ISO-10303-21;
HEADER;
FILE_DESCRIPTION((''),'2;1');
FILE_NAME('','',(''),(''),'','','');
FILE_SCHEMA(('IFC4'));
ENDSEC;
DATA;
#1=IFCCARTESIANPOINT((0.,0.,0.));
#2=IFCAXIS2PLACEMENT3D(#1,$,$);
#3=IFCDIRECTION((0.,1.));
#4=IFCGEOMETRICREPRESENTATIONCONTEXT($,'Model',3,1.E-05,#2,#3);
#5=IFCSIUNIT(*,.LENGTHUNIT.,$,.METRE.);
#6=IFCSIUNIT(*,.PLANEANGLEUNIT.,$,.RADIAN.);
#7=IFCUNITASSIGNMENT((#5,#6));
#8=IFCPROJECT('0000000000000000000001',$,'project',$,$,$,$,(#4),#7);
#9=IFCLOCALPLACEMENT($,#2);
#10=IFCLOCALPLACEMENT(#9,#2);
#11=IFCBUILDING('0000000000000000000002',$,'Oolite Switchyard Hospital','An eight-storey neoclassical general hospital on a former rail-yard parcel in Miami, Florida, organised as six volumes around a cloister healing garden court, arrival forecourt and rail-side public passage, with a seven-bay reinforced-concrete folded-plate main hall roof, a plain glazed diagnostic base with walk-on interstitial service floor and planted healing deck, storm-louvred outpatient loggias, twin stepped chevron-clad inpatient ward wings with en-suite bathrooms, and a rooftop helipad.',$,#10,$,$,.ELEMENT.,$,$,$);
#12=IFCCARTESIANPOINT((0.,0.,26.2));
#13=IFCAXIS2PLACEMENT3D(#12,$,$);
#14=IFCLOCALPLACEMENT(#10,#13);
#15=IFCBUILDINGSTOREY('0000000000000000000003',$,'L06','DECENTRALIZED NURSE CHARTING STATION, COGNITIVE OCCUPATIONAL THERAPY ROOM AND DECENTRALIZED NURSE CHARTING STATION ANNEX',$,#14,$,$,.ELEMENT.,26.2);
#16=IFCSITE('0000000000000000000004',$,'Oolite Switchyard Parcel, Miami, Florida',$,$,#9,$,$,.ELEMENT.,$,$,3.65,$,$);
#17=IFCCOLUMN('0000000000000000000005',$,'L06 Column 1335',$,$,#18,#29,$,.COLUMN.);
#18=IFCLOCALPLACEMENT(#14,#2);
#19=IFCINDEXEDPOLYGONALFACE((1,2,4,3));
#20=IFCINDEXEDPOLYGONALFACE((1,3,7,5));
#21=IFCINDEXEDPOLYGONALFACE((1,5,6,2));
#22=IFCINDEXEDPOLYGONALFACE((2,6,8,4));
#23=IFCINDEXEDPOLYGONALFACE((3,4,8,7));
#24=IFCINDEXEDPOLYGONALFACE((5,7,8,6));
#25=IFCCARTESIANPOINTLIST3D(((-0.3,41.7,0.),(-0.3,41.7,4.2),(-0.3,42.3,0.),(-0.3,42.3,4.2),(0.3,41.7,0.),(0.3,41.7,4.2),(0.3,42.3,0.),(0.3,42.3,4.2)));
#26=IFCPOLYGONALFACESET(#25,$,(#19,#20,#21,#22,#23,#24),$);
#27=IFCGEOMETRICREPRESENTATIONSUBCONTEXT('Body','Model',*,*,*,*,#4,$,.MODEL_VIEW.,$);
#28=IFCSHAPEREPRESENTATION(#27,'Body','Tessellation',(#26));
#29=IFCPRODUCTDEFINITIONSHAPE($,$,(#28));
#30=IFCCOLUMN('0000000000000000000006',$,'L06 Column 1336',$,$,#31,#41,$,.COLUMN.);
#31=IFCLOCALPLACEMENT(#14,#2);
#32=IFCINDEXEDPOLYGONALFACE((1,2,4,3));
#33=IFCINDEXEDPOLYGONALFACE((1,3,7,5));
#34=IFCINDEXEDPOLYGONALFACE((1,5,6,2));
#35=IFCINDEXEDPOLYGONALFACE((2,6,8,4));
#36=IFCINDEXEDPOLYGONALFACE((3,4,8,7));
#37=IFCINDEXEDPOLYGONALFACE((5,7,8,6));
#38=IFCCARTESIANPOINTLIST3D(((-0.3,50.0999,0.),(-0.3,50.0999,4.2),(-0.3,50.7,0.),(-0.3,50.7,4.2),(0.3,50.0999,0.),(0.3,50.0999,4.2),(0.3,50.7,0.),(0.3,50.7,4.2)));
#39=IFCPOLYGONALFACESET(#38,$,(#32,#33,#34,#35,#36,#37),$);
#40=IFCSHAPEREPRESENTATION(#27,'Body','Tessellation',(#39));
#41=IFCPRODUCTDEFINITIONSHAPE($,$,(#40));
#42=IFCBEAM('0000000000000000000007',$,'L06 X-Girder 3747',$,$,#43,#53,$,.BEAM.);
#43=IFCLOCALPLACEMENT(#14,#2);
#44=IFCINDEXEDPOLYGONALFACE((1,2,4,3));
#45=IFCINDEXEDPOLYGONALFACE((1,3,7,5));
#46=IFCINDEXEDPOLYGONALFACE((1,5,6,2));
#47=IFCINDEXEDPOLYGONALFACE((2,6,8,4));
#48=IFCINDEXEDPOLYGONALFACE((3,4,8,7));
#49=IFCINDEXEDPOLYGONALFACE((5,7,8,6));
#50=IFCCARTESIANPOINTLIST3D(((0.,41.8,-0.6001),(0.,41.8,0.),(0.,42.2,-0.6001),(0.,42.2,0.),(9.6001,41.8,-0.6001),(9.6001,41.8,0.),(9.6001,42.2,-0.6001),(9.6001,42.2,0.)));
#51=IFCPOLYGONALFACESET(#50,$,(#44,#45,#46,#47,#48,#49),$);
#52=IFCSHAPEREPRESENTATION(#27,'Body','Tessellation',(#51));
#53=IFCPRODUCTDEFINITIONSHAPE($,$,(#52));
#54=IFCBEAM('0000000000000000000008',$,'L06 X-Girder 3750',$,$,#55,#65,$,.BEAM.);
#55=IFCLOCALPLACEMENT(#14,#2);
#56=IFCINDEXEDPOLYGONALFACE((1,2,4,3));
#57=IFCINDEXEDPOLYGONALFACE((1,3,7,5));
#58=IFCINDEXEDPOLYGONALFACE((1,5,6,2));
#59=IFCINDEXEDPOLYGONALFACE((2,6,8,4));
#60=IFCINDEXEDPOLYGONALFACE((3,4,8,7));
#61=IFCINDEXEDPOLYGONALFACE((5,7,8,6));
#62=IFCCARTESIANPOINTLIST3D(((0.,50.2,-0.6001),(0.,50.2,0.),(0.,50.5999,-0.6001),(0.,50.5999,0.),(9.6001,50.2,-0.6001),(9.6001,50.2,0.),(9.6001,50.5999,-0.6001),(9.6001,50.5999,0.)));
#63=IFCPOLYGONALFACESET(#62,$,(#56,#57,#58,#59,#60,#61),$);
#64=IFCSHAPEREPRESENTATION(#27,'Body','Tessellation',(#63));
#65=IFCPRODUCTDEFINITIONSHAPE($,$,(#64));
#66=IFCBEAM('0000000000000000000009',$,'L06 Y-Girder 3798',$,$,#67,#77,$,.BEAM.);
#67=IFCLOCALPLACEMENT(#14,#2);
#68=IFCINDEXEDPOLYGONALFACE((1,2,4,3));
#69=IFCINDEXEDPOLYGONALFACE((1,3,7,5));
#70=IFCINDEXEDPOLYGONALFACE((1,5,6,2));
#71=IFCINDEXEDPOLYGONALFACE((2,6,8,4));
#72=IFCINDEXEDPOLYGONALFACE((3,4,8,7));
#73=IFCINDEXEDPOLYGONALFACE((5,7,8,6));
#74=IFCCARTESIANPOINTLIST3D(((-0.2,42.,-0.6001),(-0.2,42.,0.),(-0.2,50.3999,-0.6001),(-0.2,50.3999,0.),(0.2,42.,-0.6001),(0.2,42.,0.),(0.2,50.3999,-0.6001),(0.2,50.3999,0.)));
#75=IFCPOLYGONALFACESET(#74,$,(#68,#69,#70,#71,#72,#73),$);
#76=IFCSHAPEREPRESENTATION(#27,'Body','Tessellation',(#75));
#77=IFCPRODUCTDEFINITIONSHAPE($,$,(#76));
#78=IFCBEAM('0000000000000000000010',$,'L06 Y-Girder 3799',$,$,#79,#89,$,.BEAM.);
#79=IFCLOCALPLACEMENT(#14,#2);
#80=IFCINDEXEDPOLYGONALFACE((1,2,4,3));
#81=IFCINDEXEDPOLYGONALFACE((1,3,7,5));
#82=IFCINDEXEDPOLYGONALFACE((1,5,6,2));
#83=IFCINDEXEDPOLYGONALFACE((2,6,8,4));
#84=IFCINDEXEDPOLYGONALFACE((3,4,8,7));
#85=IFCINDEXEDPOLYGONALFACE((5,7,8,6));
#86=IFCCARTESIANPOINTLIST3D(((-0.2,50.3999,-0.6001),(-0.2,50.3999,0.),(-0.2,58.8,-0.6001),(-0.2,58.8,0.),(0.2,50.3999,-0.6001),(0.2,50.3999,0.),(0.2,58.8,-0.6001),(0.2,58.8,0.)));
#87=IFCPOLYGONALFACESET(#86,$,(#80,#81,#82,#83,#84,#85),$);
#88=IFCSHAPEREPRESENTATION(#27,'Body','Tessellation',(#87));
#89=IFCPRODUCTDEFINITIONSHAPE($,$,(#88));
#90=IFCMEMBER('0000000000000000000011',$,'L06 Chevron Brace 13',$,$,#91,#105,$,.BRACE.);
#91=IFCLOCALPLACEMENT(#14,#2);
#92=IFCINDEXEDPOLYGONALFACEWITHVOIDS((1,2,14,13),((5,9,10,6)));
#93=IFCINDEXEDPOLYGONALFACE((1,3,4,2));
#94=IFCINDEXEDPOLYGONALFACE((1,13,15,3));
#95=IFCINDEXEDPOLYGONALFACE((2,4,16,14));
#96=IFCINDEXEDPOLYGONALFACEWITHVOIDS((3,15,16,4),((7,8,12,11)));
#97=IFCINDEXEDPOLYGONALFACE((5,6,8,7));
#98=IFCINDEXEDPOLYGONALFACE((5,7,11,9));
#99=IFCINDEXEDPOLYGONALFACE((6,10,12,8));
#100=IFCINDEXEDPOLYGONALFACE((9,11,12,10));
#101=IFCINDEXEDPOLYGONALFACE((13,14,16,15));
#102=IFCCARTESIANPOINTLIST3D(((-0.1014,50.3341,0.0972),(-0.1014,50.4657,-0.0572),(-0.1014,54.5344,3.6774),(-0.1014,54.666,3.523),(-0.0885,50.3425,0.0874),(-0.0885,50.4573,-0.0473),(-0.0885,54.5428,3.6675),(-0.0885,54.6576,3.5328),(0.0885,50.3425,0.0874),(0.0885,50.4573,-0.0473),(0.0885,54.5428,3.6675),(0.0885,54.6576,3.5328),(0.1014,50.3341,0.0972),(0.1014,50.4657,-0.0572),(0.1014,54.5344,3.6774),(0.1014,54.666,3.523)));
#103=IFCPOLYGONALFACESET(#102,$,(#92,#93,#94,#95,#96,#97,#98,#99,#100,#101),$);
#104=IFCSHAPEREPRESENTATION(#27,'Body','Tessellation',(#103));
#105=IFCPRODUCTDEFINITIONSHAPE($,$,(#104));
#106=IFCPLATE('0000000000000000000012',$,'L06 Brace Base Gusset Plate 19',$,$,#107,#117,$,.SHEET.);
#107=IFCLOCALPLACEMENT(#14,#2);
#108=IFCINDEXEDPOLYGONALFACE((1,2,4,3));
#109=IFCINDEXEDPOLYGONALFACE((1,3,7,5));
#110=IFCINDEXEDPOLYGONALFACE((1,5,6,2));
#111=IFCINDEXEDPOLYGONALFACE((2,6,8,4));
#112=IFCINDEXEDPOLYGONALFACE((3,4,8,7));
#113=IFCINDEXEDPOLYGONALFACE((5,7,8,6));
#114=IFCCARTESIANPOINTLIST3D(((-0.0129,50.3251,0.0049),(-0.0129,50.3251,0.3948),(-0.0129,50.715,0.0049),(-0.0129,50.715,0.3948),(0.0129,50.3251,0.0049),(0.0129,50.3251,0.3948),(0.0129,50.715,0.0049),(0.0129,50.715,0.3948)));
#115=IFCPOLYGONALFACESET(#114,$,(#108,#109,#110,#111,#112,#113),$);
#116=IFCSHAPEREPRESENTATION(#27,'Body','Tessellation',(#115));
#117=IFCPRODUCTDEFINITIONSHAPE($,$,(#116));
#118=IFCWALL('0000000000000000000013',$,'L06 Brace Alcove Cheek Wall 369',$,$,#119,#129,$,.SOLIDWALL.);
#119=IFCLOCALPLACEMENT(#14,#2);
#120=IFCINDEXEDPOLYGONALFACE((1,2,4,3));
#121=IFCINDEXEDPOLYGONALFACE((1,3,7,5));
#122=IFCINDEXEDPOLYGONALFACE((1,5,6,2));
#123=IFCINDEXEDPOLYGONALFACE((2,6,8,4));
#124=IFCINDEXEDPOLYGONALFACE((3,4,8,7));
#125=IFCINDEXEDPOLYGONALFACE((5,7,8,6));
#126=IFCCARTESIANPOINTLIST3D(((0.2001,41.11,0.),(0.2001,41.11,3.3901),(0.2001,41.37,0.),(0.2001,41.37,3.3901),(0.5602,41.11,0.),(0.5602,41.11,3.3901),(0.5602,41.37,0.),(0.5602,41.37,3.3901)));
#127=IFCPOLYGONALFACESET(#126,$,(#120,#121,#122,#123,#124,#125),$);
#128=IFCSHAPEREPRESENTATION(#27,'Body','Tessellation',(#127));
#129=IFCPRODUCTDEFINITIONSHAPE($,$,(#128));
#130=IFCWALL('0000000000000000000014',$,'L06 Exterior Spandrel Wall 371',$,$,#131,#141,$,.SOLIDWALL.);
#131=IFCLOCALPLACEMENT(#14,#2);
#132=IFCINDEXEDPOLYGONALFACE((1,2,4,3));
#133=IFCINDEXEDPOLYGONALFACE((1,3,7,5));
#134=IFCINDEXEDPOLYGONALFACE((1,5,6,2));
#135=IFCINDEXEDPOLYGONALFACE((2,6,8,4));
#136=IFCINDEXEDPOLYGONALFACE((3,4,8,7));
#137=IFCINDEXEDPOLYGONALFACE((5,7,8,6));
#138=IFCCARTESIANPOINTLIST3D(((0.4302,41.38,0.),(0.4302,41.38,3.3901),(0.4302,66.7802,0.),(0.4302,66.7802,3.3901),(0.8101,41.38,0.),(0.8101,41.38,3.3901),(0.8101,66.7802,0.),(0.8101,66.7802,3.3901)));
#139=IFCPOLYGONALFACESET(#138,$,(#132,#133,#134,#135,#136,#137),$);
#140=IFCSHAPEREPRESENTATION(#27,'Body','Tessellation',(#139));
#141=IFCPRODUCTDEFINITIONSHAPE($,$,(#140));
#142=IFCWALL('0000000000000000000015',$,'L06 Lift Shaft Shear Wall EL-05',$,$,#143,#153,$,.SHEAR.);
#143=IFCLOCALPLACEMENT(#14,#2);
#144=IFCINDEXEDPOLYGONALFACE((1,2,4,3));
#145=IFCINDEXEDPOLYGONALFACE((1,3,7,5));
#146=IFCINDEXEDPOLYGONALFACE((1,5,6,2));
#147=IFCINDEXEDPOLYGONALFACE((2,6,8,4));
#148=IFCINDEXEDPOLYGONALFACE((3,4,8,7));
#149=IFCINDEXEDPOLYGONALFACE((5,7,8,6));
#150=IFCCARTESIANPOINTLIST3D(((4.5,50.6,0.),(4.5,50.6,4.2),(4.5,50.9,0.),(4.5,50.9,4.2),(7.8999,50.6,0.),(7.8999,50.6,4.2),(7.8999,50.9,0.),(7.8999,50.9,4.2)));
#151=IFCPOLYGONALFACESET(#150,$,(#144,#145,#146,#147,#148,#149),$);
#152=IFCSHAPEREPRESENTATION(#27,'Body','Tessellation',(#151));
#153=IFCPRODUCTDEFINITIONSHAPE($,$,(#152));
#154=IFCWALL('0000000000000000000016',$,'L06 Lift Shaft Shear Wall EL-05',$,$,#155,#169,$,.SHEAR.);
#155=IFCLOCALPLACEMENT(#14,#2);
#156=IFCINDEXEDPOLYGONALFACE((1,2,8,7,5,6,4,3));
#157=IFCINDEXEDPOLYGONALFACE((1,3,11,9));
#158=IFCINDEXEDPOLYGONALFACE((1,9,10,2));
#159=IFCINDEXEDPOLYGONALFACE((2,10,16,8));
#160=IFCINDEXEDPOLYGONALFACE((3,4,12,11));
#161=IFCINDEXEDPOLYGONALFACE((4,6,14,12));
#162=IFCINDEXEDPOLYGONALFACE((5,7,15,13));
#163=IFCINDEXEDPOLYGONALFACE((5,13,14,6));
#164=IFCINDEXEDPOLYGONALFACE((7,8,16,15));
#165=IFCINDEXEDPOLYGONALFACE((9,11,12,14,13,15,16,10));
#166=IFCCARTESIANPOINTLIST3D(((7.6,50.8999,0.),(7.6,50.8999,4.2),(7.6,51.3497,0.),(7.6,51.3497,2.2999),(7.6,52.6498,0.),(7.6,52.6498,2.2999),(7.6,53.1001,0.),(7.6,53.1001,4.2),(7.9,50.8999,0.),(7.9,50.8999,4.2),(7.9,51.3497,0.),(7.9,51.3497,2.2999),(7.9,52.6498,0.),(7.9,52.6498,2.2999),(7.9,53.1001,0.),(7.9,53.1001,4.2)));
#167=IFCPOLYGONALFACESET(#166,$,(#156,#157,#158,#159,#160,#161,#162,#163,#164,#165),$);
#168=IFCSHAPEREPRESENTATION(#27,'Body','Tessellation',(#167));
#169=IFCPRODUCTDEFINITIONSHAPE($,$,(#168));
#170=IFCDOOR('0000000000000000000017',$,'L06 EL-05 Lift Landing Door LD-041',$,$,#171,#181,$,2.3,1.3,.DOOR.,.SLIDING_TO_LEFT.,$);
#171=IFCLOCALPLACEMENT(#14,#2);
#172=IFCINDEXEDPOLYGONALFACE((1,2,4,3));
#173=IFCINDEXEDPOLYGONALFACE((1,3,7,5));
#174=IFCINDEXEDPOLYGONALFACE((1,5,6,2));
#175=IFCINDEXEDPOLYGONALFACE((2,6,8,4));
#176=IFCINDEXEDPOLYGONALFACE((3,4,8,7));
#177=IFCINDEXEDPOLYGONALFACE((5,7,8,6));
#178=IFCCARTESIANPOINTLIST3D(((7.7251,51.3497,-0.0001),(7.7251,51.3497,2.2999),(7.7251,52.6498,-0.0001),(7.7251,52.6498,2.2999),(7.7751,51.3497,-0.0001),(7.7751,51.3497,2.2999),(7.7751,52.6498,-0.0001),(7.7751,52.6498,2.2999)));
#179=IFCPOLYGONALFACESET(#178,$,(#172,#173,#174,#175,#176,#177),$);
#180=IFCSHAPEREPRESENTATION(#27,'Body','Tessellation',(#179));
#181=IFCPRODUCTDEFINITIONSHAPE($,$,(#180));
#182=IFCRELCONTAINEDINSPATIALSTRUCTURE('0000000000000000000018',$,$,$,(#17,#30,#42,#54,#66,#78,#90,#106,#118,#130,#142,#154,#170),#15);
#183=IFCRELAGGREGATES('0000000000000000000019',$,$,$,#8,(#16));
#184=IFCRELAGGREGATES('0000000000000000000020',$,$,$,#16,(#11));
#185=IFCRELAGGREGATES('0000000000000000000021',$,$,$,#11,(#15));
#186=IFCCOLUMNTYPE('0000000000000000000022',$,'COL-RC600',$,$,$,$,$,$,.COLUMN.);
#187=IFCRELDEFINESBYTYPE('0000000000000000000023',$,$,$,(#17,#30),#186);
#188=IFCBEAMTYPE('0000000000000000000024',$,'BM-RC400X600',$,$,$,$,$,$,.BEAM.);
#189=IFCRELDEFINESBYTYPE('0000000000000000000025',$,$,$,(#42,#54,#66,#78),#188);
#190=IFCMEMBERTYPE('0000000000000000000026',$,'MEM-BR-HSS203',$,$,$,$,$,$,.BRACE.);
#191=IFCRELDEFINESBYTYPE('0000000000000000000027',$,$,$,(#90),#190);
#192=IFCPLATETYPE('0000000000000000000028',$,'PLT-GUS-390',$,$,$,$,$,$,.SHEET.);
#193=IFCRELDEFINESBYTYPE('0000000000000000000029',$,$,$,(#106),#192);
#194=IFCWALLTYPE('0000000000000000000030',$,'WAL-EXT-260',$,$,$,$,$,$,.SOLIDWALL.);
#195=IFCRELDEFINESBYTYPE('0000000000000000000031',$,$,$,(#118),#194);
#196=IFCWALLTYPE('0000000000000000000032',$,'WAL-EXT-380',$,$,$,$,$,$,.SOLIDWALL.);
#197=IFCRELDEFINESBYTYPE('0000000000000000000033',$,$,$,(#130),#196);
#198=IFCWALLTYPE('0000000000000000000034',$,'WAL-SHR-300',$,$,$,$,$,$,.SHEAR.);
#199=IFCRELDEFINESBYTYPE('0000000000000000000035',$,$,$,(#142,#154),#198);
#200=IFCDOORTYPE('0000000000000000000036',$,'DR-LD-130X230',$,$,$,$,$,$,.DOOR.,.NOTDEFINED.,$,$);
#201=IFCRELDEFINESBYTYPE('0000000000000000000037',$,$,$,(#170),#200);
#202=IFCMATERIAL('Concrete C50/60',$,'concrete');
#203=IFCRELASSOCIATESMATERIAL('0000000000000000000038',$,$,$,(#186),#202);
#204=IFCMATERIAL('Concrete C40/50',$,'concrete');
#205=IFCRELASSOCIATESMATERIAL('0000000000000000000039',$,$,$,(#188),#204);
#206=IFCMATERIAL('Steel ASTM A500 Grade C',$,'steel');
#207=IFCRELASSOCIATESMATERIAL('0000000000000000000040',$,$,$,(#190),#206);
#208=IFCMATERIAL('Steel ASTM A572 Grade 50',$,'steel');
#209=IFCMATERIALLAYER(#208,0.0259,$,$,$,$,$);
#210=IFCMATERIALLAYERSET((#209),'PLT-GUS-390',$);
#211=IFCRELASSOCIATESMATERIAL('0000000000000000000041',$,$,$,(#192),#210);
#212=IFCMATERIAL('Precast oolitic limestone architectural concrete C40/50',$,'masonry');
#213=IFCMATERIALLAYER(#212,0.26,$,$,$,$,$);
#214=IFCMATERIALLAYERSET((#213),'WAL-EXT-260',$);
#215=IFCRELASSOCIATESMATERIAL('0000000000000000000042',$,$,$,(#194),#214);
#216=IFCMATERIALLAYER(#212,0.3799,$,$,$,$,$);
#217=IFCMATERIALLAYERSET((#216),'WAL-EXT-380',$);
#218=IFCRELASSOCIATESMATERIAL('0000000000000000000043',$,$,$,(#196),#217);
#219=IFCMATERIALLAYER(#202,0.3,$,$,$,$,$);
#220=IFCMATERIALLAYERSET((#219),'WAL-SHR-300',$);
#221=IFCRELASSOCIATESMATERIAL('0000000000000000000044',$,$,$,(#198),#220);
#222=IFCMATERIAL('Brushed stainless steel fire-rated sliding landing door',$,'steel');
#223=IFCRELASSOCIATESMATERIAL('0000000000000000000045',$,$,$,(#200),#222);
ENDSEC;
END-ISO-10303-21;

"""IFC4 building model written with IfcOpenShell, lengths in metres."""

from ifc_helpers import new_model, si_unit, direction, frame, frame_2d, origin, origin_2d, place, context, subcontext, project, spatial, rectangle, hollow_rectangle, extrude, material, layer, layer_set, material_profile, profile_set, type_object, element, fill, save


model = new_model("IFC4")

# Units and contexts
model_context = context("Model", 3, precision=1e-05, world=origin(), true_north=direction((0.0, 1.0)))
body_context = subcontext(model_context, "Body", "Model", "MODEL_VIEW")
ifc_project = project(units=[si_unit("LENGTHUNIT", "METRE"), si_unit("PLANEANGLEUNIT", "RADIAN")], contexts=[model_context])

# Site, building, storey
site_placement = place(None, origin())
site = spatial("IfcSite", under=ifc_project, at=site_placement, Name="Oolite Switchyard Parcel, Miami, Florida", CompositionType="ELEMENT", RefElevation=3.65)
building_placement = place(site_placement, origin())
building = spatial("IfcBuilding", under=site, at=building_placement, Name="Oolite Switchyard Hospital", Description="An eight-storey neoclassical general hospital on a former rail-yard parcel in Miami, Florida, organised as six volumes around a cloister healing garden court, arrival forecourt and rail-side public passage, with a seven-bay reinforced-concrete folded-plate main hall roof, a plain glazed diagnostic base with walk-on interstitial service floor and planted healing deck, storm-louvred outpatient loggias, twin stepped chevron-clad inpatient ward wings with en-suite bathrooms, and a rooftop helipad.", CompositionType="ELEMENT")
storey_placement = place(building_placement, frame((0.0, 0.0, 26.2)))
storey = spatial("IfcBuildingStorey", under=building, at=storey_placement, Name="L06", Description="DECENTRALIZED NURSE CHARTING STATION, COGNITIVE OCCUPATIONAL THERAPY ROOM AND DECENTRALIZED NURSE CHARTING STATION ANNEX", CompositionType="ELEMENT", Elevation=26.2)

# Columns
ifc_material_1 = material(Name="Concrete C50/60", Category="concrete")
ifc_material_profile_1 = material_profile(ifc_material_1, rectangle(XDim=0.6001, YDim=0.6001, at=origin_2d()), Name="RC600X600")
ifc_profile_set_1 = profile_set([ifc_material_profile_1], Name="Concrete C50/60")
column_type = type_object("IfcColumnType", Name="COL-RC600", PredefinedType="COLUMN", material=ifc_profile_set_1)
for number, where, z_axis, x_axis, name in (
    (1, (0.0, 42.0, 0.0), (0.0, 0.0, 1.0), (1.0, 0.0, 0.0), "L06 Column 1335"),
    (2, (0.0, 50.3999, 0.0), (0.0, 0.0, 1.0), (1.0, 0.0, 0.0), "L06 Column 1336"),
):
    element("IfcColumn", number, at=place(storey_placement, frame(where, z_axis=z_axis, x_axis=x_axis)), inside=storey, type_object=column_type, Name=name, PredefinedType="COLUMN", context=body_context, shape_type="SweptSolid", body=[
        extrude(rectangle(XDim=0.6001, YDim=0.6001, at=origin_2d()), origin(), (0.0, 0.0, 1.0), 4.2),
    ])

# Beams
ifc_material_2 = material(Name="Concrete C40/50", Category="concrete")
ifc_material_profile_2 = material_profile(ifc_material_2, rectangle(XDim=0.3999, YDim=0.6001, at=origin_2d()), Name="RCB400X600")
ifc_profile_set_2 = profile_set([ifc_material_profile_2], Name="Concrete C40/50")
beam_type = type_object("IfcBeamType", Name="BM-RC400X600", PredefinedType="BEAM", material=ifc_profile_set_2)
for number, where, z_axis, x_axis, name in (
    (3, (0.0, 42.0, -0.3), (1.0, 0.0, 0.0), (0.0, 1.0, 0.0), "L06 X-Girder 3747"),
    (4, (0.0, 50.3999, -0.3), (1.0, 0.0, 0.0), (0.0, 1.0, 0.0), "L06 X-Girder 3750"),
):
    element("IfcBeam", number, at=place(storey_placement, frame(where, z_axis=z_axis, x_axis=x_axis)), inside=storey, type_object=beam_type, Name=name, PredefinedType="BEAM", context=body_context, shape_type="SweptSolid", body=[
        extrude(rectangle(XDim=0.3999, YDim=0.6001, at=origin_2d()), origin(), (0.0, 0.0, 1.0), 9.6001),
    ])
beam_1_placement = place(storey_placement, frame((0.0, 42.0, -0.3), z_axis=(0.0, 1.0, 0.0), x_axis=(-1.0, 0.0, 0.0)))
element("IfcBeam", 5, at=beam_1_placement, inside=storey, type_object=beam_type, Name="L06 Y-Girder 3798", PredefinedType="BEAM", context=body_context, shape_type="SweptSolid", body=[
    extrude(rectangle(XDim=0.3999, YDim=0.6001, at=origin_2d()), origin(), (0.0, 0.0, 1.0), 8.3999),
])
beam_2_placement = place(storey_placement, frame((0.0, 50.3999, -0.3), z_axis=(0.0, 1.0, 0.0), x_axis=(-1.0, 0.0, 0.0)))
element("IfcBeam", 6, at=beam_2_placement, inside=storey, type_object=beam_type, Name="L06 Y-Girder 3799", PredefinedType="BEAM", context=body_context, shape_type="SweptSolid", body=[
    extrude(rectangle(XDim=0.3999, YDim=0.6001, at=origin_2d()), origin(), (0.0, 0.0, 1.0), 8.4001),
])

# Member
ifc_material_3 = material(Name="Steel ASTM A500 Grade C", Category="steel")
ifc_material_profile_3 = material_profile(ifc_material_3, hollow_rectangle(XDim=0.2029, YDim=0.2029, WallThickness=0.0129, at=origin_2d()), Name="HSS203X203X13")
ifc_profile_set_3 = profile_set([ifc_material_profile_3], Name="Steel ASTM A500 Grade C")
member_type = type_object("IfcMemberType", Name="MEM-BR-HSS203", PredefinedType="BRACE", material=ifc_profile_set_3)
member_placement = place(storey_placement, frame((0.0, 50.3999, 0.02), z_axis=(0.0, 0.761052, 0.64869), x_axis=(-1.0, 0.0, 0.0)))
element("IfcMember", 7, at=member_placement, inside=storey, type_object=member_type, Name="L06 Chevron Brace 13", PredefinedType="BRACE", context=body_context, shape_type="SweptSolid", body=[
    extrude(hollow_rectangle(XDim=0.2029, YDim=0.2029, WallThickness=0.0129, at=origin_2d()), origin(), (0.0, 0.0, 1.0), 5.519),
])

# Plate
ifc_material_4 = material(Name="Steel ASTM A572 Grade 50", Category="steel")
ifc_layer_1 = layer(ifc_material_4, 0.0259)
ifc_layer_set_1 = layer_set([ifc_layer_1], Name="PLT-GUS-390")
plate_type = type_object("IfcPlateType", Name="PLT-GUS-390", PredefinedType="SHEET", material=ifc_layer_set_1)
plate_placement = place(storey_placement, frame((0.0, 50.52, 0.0049), z_axis=(0.0, 0.0, 1.0), x_axis=(0.0, 1.0, 0.0)))
element("IfcPlate", 8, at=plate_placement, inside=storey, type_object=plate_type, Name="L06 Brace Base Gusset Plate 19", PredefinedType="SHEET", context=body_context, shape_type="SweptSolid", body=[
    extrude(rectangle(XDim=0.3899, YDim=0.0259, at=origin_2d()), origin(), (0.0, 0.0, 1.0), 0.3899),
])

# Walls
ifc_material_5 = material(Name="Precast oolitic limestone architectural concrete C40/50", Category="masonry")
ifc_layer_2 = layer(ifc_material_5, 0.26)
ifc_layer_set_2 = layer_set([ifc_layer_2], Name="WAL-EXT-260")
wall_type_1 = type_object("IfcWallType", Name="WAL-EXT-260", PredefinedType="SOLIDWALL", material=ifc_layer_set_2)
wall_1_placement = place(storey_placement, frame((0.2, 41.24, 0.0), z_axis=(0.0, 0.0, 1.0), x_axis=(1.0, 0.0, 0.0)))
element("IfcWall", 9, at=wall_1_placement, inside=storey, type_object=wall_type_1, Name="L06 Brace Alcove Cheek Wall 369", PredefinedType="SOLIDWALL", context=body_context, shape_type="SweptSolid", body=[
    extrude(rectangle(XDim=0.3601, YDim=0.26, at=frame_2d((0.1802, 0.0))), origin(), (0.0, 0.0, 1.0), 3.3901),
])
ifc_layer_3 = layer(ifc_material_5, 0.3799)
ifc_layer_set_3 = layer_set([ifc_layer_3], Name="WAL-EXT-380")
wall_type_2 = type_object("IfcWallType", Name="WAL-EXT-380", PredefinedType="SOLIDWALL", material=ifc_layer_set_3)
wall_2_placement = place(storey_placement, frame((0.6201, 41.3799, 0.0), z_axis=(0.0, 0.0, 1.0), x_axis=(0.0, 1.0, 0.0)))
element("IfcWall", 10, at=wall_2_placement, inside=storey, type_object=wall_type_2, Name="L06 Exterior Spandrel Wall 371", PredefinedType="SOLIDWALL", context=body_context, shape_type="SweptSolid", body=[
    extrude(rectangle(XDim=25.4001, YDim=0.3799, at=frame_2d((12.7002, 0.0))), origin(), (0.0, 0.0, 1.0), 3.3901),
])
ifc_layer_4 = layer(ifc_material_1, 0.3)
ifc_layer_set_4 = layer_set([ifc_layer_4], Name="WAL-SHR-300")
wall_type_3 = type_object("IfcWallType", Name="WAL-SHR-300", PredefinedType="SHEAR", material=ifc_layer_set_4)
wall_3_placement = place(storey_placement, frame((4.5, 50.75, 0.0), z_axis=(0.0, 0.0, 1.0), x_axis=(1.0, 0.0, 0.0)))
element("IfcWall", 11, at=wall_3_placement, inside=storey, type_object=wall_type_3, Name="L06 Lift Shaft Shear Wall EL-05", PredefinedType="SHEAR", context=body_context, shape_type="SweptSolid", body=[
    extrude(rectangle(XDim=3.3999, YDim=0.3, at=frame_2d((1.7, 0.0))), origin(), (0.0, 0.0, 1.0), 4.2),
])

# Wall, opening, door
wall_4_placement = place(storey_placement, frame((7.75, 50.8999, 0.0), z_axis=(0.0, 0.0, 1.0), x_axis=(0.0, 1.0, 0.0)))
wall_4 = element("IfcWall", 12, at=wall_4_placement, inside=storey, type_object=wall_type_3, Name="L06 Lift Shaft Shear Wall EL-05", PredefinedType="SHEAR", context=body_context, shape_type="SweptSolid", body=[
    extrude(rectangle(XDim=2.2002, YDim=0.3, at=frame_2d((1.1001, 0.0))), origin(), (0.0, 0.0, 1.0), 4.2),
])
opening_placement = place(wall_4_placement, frame((0.45, 0.0, 0.0)))
opening = element("IfcOpeningElement", 13, at=opening_placement, cuts=wall_4, PredefinedType="OPENING", context=body_context, shape_type="SweptSolid", body=[
    extrude(rectangle(XDim=1.3, YDim=2.3, at=frame_2d((0.6499, 1.1499))), frame((0.0, 0.1602, 0.0), z_axis=(0.0, -1.0, 0.0), x_axis=(1.0, 0.0, 0.0)), (0.0, 0.0, 1.0), 0.3201),
])
ifc_material_6 = material(Name="Brushed stainless steel fire-rated sliding landing door", Category="steel")
door_type = type_object("IfcDoorType", Name="DR-LD-130X230", OperationType="NOTDEFINED", PredefinedType="DOOR", material=ifc_material_6)
door_placement = place(opening_placement, origin())
door = element("IfcDoor", 14, at=door_placement, inside=storey, type_object=door_type, Name="L06 EL-05 Lift Landing Door LD-041", OperationType="SLIDING_TO_LEFT", OverallHeight=2.3, OverallWidth=1.3, PredefinedType="DOOR", context=body_context, shape_type="SweptSolid", body=[
    extrude(rectangle(XDim=1.3, YDim=2.3, at=frame_2d((0.6499, 1.1499))), frame((0.0, 0.0249, 0.0), z_axis=(0.0, -1.0, 0.0), x_axis=(1.0, 0.0, 0.0)), (0.0, 0.0, 1.0), 0.05),
])
fill(opening, door)

save(model, "model.ifc")
